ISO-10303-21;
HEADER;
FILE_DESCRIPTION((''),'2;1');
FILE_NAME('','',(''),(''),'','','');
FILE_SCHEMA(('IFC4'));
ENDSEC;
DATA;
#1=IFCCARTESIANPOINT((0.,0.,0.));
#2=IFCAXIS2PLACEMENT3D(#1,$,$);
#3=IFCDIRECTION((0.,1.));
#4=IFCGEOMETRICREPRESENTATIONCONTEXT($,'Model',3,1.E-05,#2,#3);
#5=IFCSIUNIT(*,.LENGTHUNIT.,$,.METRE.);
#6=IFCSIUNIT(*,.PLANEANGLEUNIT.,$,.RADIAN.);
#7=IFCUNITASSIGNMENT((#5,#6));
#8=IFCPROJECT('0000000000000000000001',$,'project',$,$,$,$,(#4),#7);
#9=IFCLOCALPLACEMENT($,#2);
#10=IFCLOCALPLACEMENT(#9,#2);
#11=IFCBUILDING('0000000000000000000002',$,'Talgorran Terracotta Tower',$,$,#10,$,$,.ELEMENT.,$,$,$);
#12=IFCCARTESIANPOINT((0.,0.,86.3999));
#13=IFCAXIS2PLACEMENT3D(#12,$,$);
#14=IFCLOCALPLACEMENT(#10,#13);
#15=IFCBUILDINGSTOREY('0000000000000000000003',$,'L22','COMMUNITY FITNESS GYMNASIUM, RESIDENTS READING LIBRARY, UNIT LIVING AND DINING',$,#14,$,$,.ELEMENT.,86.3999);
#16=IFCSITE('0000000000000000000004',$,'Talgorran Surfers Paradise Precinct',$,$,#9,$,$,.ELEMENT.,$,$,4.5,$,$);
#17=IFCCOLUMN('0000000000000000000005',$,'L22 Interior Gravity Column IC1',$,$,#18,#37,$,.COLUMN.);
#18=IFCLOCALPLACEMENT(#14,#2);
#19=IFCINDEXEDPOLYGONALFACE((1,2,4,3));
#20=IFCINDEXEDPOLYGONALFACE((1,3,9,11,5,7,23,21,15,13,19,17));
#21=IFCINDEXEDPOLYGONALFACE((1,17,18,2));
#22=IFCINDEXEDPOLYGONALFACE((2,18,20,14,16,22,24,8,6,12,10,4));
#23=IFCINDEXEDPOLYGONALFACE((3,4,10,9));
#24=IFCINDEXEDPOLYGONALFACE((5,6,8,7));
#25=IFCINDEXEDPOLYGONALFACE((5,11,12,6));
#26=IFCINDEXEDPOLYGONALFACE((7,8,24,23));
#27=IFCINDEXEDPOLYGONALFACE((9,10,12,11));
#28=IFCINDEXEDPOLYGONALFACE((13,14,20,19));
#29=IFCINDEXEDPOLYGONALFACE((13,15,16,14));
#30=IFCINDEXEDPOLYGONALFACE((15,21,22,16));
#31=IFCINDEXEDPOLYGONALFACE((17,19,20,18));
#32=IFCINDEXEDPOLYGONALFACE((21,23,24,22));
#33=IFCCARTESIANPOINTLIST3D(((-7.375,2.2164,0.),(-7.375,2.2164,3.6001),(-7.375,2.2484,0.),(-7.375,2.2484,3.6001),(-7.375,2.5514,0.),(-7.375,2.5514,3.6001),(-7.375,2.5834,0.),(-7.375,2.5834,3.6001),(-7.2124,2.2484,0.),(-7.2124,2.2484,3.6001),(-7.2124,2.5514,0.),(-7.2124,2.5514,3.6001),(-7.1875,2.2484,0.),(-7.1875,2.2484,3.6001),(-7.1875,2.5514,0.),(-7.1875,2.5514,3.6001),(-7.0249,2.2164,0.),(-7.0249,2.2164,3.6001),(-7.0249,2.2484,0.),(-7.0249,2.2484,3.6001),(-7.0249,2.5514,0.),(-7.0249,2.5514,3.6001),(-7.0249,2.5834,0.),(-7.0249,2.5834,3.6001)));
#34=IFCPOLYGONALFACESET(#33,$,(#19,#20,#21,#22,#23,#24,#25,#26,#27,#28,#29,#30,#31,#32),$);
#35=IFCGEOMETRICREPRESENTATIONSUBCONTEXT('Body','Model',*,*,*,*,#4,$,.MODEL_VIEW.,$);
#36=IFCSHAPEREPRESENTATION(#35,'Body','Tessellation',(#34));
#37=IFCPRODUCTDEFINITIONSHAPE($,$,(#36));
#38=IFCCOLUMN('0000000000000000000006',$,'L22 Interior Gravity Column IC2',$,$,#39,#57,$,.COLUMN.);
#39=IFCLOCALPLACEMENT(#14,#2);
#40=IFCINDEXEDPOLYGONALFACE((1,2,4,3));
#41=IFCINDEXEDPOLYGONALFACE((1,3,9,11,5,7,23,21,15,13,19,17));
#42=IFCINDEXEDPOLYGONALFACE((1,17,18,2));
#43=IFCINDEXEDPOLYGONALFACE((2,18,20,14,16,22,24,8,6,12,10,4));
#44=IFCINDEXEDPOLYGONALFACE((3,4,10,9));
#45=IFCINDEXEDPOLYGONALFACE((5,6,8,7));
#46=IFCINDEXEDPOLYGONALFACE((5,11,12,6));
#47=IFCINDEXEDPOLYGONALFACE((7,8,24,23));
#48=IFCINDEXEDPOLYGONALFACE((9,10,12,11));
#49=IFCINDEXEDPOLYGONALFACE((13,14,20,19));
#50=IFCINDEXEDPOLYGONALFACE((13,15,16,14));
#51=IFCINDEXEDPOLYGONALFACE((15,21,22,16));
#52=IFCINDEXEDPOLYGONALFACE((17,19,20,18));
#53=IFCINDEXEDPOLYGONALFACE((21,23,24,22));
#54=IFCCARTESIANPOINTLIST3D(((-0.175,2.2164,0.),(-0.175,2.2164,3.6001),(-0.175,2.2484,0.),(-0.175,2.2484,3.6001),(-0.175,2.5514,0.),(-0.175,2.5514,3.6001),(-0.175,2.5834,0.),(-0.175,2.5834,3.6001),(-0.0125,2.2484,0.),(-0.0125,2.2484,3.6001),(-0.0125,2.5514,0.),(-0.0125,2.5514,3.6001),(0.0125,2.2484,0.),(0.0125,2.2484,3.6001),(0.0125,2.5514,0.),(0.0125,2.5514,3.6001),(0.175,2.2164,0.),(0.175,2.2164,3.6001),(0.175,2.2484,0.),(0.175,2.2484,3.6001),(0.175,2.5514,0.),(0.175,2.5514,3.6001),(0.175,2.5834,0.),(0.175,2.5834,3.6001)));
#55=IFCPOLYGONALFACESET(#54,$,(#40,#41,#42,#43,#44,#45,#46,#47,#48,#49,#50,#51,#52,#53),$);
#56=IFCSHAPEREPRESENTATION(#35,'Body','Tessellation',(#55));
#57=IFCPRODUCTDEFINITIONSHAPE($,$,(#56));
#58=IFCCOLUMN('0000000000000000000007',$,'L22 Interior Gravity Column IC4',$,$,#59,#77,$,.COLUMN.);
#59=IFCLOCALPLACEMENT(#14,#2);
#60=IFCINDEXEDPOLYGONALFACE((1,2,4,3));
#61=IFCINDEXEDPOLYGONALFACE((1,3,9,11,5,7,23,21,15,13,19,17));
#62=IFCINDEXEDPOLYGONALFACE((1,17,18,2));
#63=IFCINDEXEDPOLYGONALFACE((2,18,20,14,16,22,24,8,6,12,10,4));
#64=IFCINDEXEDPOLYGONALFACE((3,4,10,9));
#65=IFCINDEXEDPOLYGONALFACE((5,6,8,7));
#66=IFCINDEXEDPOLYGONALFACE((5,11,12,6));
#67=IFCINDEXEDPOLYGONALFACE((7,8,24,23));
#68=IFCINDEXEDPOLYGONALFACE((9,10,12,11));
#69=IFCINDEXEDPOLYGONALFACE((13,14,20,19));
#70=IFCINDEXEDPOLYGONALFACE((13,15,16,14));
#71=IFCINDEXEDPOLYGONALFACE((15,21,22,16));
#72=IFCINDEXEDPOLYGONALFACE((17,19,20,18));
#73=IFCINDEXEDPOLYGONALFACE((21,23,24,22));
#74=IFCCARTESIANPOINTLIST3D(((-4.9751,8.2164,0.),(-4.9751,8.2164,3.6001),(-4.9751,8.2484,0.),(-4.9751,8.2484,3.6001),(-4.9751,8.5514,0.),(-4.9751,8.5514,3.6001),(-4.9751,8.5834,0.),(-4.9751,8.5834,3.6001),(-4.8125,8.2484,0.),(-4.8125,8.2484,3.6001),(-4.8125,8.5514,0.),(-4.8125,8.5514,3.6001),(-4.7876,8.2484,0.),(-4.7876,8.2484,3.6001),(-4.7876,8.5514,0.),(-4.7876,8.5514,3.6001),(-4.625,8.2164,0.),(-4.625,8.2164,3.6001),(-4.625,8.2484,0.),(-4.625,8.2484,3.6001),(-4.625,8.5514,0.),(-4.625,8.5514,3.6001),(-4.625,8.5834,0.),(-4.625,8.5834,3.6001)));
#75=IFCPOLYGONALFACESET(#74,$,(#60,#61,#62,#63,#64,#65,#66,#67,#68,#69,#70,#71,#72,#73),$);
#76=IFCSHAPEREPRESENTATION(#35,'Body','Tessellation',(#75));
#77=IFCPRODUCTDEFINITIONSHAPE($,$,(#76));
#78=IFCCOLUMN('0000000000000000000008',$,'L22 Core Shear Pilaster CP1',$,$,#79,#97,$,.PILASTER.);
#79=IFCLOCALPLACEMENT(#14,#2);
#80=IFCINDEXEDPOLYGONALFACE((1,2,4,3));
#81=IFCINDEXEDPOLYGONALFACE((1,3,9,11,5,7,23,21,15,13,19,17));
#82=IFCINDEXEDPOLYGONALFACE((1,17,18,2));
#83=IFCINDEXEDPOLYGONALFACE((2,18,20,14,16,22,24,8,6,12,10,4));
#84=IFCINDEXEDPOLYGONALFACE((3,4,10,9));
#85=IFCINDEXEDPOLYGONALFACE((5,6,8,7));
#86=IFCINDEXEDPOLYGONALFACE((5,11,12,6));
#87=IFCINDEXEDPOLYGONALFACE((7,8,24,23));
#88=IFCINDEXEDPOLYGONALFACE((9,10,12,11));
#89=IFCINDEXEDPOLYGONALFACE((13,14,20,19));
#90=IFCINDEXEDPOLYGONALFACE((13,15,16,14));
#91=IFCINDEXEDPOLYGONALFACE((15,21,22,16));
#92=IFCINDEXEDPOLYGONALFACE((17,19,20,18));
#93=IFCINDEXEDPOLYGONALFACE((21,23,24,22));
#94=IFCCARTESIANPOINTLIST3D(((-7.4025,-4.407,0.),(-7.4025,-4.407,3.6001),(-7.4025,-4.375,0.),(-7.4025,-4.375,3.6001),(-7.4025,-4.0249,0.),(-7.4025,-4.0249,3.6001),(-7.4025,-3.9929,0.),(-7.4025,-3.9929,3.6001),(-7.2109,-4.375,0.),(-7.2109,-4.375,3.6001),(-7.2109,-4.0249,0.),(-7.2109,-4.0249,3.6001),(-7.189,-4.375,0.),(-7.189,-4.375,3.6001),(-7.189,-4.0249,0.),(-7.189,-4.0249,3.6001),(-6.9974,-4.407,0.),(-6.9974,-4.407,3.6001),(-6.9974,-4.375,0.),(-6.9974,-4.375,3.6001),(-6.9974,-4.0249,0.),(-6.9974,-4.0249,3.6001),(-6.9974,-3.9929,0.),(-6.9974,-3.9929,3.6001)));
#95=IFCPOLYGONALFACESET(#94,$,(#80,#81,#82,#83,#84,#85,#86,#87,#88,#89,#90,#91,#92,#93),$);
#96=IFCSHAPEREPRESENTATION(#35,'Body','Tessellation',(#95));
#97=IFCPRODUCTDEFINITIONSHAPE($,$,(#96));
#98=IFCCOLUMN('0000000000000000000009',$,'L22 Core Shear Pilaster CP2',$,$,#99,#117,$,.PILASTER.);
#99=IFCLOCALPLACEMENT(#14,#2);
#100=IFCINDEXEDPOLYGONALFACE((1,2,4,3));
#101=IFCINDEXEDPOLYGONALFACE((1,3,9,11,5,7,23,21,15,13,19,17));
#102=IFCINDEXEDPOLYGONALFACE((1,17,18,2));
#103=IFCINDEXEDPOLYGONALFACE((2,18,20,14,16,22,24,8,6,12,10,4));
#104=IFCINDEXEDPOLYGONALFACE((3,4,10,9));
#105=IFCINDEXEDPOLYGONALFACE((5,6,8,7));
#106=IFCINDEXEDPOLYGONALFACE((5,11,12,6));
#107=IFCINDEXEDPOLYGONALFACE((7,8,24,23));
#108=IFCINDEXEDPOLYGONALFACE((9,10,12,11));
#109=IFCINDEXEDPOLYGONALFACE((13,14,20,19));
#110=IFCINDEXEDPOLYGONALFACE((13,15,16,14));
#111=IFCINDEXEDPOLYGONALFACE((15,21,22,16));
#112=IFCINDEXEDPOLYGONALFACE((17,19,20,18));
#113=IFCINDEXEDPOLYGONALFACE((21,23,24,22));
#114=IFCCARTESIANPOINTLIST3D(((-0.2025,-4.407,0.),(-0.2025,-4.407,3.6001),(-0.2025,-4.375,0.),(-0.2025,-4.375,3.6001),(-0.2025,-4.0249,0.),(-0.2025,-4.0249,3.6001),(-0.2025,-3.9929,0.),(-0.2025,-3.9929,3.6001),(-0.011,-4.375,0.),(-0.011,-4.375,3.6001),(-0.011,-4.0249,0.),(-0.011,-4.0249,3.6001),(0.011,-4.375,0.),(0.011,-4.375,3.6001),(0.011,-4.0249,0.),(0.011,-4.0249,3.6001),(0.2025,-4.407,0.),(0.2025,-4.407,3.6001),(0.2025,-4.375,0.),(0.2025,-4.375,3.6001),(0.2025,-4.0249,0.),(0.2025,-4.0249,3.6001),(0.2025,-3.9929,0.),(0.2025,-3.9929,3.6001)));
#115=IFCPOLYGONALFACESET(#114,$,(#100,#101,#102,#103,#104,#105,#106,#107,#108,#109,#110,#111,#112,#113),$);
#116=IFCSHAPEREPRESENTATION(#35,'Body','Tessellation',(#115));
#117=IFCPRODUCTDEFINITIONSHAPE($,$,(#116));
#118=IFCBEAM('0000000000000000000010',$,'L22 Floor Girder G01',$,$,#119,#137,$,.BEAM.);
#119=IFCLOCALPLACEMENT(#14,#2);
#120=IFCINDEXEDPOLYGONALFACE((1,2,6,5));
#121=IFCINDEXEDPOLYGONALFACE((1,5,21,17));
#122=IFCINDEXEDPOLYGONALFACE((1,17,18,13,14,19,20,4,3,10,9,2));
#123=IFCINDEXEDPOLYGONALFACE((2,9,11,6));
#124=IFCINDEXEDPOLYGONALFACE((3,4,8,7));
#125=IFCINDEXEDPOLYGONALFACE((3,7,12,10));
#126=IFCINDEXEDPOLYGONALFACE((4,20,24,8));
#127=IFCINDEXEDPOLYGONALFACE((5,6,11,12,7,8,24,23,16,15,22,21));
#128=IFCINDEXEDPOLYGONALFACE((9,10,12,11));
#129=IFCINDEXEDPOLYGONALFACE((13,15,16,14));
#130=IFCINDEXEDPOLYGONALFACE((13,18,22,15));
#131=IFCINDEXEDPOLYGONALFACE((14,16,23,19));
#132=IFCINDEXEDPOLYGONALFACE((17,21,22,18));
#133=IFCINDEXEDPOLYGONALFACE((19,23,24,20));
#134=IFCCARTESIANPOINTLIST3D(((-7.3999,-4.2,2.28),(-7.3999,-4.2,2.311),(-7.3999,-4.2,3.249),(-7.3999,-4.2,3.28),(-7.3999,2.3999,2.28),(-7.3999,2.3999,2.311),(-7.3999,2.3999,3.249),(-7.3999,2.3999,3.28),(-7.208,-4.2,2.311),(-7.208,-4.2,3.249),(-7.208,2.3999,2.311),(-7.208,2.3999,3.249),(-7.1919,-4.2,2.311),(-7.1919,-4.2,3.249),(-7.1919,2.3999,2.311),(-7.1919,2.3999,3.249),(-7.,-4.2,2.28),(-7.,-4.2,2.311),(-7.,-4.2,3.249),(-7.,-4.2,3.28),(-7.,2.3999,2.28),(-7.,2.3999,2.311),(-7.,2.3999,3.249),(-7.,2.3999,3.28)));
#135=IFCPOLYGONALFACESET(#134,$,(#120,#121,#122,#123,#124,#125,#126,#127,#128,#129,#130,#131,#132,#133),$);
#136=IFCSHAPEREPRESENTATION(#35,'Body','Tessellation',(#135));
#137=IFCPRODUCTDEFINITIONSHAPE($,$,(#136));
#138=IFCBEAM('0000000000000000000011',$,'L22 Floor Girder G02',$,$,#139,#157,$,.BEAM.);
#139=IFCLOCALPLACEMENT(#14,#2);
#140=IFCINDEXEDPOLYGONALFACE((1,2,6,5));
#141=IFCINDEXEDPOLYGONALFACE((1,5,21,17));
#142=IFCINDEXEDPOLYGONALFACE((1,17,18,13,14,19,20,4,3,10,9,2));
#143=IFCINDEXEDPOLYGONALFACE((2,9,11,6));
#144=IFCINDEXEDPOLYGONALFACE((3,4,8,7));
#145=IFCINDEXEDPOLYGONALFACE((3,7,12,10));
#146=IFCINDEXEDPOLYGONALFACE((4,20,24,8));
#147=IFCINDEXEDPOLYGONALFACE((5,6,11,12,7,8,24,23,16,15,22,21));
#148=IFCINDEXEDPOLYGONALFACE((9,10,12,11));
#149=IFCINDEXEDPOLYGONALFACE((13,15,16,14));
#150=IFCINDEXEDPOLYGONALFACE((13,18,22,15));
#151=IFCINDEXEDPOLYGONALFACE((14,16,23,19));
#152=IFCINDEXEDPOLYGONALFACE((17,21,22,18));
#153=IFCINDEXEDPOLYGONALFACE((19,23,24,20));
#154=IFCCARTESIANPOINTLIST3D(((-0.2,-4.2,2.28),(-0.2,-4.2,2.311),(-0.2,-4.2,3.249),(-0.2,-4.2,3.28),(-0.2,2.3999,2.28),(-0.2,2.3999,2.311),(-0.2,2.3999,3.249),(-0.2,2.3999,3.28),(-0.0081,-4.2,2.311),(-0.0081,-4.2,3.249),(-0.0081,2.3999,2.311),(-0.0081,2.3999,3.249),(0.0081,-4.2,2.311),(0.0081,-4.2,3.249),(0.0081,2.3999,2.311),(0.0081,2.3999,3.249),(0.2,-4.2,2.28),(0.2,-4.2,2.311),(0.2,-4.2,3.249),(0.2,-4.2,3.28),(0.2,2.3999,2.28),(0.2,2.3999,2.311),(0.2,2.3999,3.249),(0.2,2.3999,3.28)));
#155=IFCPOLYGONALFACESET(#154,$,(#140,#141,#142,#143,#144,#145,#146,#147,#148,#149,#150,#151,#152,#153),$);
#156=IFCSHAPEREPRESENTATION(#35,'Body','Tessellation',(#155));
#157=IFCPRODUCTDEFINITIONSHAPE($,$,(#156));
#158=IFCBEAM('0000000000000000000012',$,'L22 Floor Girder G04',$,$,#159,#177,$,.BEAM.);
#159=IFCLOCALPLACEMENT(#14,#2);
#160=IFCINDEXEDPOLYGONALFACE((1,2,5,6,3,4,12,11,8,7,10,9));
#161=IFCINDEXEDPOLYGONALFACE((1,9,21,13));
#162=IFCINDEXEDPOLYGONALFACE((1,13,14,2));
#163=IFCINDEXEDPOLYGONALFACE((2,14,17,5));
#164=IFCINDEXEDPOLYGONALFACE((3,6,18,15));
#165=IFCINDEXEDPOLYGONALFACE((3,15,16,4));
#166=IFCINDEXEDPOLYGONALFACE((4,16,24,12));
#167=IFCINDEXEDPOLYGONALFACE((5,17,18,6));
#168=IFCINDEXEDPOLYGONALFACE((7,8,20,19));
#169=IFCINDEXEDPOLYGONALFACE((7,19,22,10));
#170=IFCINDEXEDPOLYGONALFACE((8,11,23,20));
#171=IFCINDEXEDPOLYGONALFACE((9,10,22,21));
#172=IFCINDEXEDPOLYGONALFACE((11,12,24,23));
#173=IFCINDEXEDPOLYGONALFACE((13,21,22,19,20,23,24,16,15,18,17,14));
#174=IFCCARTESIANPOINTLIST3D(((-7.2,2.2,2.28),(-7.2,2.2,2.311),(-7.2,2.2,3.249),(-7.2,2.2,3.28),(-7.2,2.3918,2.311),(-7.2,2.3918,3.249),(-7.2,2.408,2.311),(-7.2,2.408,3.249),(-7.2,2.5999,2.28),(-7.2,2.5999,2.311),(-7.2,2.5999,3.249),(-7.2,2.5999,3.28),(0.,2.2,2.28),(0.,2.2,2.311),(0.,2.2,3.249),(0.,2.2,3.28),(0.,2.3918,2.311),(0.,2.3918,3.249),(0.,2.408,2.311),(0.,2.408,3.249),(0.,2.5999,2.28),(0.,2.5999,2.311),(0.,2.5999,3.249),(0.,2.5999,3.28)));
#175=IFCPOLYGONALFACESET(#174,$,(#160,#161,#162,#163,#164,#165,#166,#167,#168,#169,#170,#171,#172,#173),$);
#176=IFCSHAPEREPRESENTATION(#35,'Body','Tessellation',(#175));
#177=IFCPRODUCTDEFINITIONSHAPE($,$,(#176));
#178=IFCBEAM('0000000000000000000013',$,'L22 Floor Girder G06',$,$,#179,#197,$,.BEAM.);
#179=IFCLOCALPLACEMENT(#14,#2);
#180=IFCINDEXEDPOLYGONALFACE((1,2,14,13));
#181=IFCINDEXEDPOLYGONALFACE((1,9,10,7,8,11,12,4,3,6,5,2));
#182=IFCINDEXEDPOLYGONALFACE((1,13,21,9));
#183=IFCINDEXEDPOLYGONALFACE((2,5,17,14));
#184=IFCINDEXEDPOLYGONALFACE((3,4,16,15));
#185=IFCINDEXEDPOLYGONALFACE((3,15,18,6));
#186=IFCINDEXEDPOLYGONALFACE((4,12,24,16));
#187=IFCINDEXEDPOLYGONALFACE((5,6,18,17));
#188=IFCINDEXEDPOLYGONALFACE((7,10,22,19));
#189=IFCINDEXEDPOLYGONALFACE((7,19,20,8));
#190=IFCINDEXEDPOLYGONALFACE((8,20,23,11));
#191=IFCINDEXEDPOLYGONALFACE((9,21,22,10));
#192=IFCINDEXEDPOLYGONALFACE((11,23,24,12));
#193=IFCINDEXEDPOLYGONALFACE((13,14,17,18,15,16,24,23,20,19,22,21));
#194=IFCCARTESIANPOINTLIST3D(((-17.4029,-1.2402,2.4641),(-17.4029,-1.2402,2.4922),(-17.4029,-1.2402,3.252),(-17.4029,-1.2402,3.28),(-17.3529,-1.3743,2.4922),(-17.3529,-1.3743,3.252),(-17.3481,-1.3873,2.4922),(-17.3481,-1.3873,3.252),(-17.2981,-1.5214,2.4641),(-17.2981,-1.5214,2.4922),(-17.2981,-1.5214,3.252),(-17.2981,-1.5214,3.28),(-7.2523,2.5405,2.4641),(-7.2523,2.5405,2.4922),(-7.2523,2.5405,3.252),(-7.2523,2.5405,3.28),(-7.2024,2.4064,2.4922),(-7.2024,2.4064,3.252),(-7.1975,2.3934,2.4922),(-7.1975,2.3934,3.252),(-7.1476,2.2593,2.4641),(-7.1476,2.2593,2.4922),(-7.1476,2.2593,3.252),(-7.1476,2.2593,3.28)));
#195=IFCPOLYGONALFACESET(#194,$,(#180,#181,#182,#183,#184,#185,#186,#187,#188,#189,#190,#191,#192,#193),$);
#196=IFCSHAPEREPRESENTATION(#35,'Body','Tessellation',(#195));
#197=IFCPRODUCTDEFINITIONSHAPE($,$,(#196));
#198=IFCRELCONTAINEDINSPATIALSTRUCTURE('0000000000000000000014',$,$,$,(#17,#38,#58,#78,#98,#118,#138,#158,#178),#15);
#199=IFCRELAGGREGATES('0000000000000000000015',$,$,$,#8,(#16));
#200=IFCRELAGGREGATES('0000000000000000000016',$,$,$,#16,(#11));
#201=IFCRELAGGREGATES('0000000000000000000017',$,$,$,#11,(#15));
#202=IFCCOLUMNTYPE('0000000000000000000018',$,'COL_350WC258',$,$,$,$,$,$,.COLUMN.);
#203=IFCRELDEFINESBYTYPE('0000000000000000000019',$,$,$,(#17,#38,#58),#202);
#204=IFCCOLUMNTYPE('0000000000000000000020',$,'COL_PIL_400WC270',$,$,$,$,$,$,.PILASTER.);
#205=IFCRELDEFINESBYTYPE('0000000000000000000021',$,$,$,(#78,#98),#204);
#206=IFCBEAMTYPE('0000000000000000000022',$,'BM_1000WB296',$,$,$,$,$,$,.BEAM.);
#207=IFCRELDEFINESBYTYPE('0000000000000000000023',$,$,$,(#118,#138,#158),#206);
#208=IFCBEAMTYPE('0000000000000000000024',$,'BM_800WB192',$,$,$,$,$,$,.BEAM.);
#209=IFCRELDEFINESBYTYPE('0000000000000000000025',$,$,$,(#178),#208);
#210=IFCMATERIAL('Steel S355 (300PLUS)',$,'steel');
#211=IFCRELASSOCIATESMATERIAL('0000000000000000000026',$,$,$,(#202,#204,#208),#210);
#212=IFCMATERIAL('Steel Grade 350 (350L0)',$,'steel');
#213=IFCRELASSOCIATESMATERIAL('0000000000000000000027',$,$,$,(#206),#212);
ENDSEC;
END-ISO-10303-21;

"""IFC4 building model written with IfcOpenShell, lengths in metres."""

from ifc_helpers import new_model, si_unit, direction, frame, origin, origin_2d, place, context, subcontext, project, spatial, i_section, extrude, material, material_profile, profile_set, type_object, element, save


model = new_model("IFC4")

# Units and contexts
model_context = context("Model", 3, precision=1e-05, world=origin(), true_north=direction((0.0, 1.0)))
body_context = subcontext(model_context, "Body", "Model", "MODEL_VIEW")
ifc_project = project(units=[si_unit("LENGTHUNIT", "METRE"), si_unit("PLANEANGLEUNIT", "RADIAN")], contexts=[model_context])

# Site, building, storey
site_placement = place(None, origin())
site = spatial("IfcSite", under=ifc_project, at=site_placement, Name="Talgorran Surfers Paradise Precinct", CompositionType="ELEMENT", RefElevation=4.5)
building_placement = place(site_placement, origin())
building = spatial("IfcBuilding", under=site, at=building_placement, Name="Talgorran Terracotta Tower", CompositionType="ELEMENT")
storey_placement = place(building_placement, frame((0.0, 0.0, 86.3999)))
storey = spatial("IfcBuildingStorey", under=building, at=storey_placement, Name="L22", Description="COMMUNITY FITNESS GYMNASIUM, RESIDENTS READING LIBRARY, UNIT LIVING AND DINING", CompositionType="ELEMENT", Elevation=86.3999)

# Columns
ifc_material_1 = material(Name="Steel S355 (300PLUS)", Category="steel")
ifc_material_profile_1 = material_profile(ifc_material_1, i_section(OverallWidth=0.3501, OverallDepth=0.3669, WebThickness=0.0249, FlangeThickness=0.032, at=origin_2d()), Name="350WC258")
ifc_profile_set_1 = profile_set([ifc_material_profile_1], Name="Steel S355 (300PLUS)")
column_type_1 = type_object("IfcColumnType", Name="COL_350WC258", PredefinedType="COLUMN", material=ifc_profile_set_1)
for number, where, z_axis, x_axis, name in (
    (1, (-7.2, 2.3999, 0.0), (0.0, 0.0, 1.0), (1.0, 0.0, 0.0), "L22 Interior Gravity Column IC1"),
    (2, (0.0, 2.3999, 0.0), (0.0, 0.0, 1.0), (1.0, 0.0, 0.0), "L22 Interior Gravity Column IC2"),
    (3, (-4.8, 8.3999, 0.0), (0.0, 0.0, 1.0), (1.0, 0.0, 0.0), "L22 Interior Gravity Column IC4"),
):
    element("IfcColumn", number, at=place(storey_placement, frame(where, z_axis=z_axis, x_axis=x_axis)), inside=storey, type_object=column_type_1, Name=name, PredefinedType="COLUMN", context=body_context, shape_type="SweptSolid", body=[
        extrude(i_section(OverallWidth=0.3501, OverallDepth=0.3669, WebThickness=0.0249, FlangeThickness=0.032, at=origin_2d()), origin(), (0.0, 0.0, 1.0), 3.6001),
    ])
ifc_material_profile_2 = material_profile(ifc_material_1, i_section(OverallWidth=0.405, OverallDepth=0.4141, WebThickness=0.022, FlangeThickness=0.032, at=origin_2d()), Name="400WC270")
ifc_profile_set_2 = profile_set([ifc_material_profile_2], Name="Steel S355 (300PLUS)")
column_type_2 = type_object("IfcColumnType", Name="COL_PIL_400WC270", PredefinedType="PILASTER", material=ifc_profile_set_2)
for number, where, z_axis, x_axis, name in (
    (4, (-7.2, -4.2, 0.0), (0.0, 0.0, 1.0), (1.0, 0.0, 0.0), "L22 Core Shear Pilaster CP1"),
    (5, (0.0, -4.2, 0.0), (0.0, 0.0, 1.0), (1.0, 0.0, 0.0), "L22 Core Shear Pilaster CP2"),
):
    element("IfcColumn", number, at=place(storey_placement, frame(where, z_axis=z_axis, x_axis=x_axis)), inside=storey, type_object=column_type_2, Name=name, PredefinedType="PILASTER", context=body_context, shape_type="SweptSolid", body=[
        extrude(i_section(OverallWidth=0.405, OverallDepth=0.4141, WebThickness=0.022, FlangeThickness=0.032, at=origin_2d()), origin(), (0.0, 0.0, 1.0), 3.6001),
    ])

# Beams
ifc_material_2 = material(Name="Steel Grade 350 (350L0)", Category="steel")
ifc_material_profile_3 = material_profile(ifc_material_2, i_section(OverallWidth=0.3999, OverallDepth=1.0, WebThickness=0.0161, FlangeThickness=0.031, at=origin_2d()), Name="1000WB296")
ifc_profile_set_3 = profile_set([ifc_material_profile_3], Name="Steel Grade 350 (350L0)")
beam_type_1 = type_object("IfcBeamType", Name="BM_1000WB296", PredefinedType="BEAM", material=ifc_profile_set_3)
for number, where, z_axis, x_axis, name in (
    (6, (-7.2, -4.2, 2.78), (0.0, 1.0, 0.0), (-1.0, 0.0, 0.0), "L22 Floor Girder G01"),
    (7, (0.0, -4.2, 2.78), (0.0, 1.0, 0.0), (-1.0, 0.0, 0.0), "L22 Floor Girder G02"),
):
    element("IfcBeam", number, at=place(storey_placement, frame(where, z_axis=z_axis, x_axis=x_axis)), inside=storey, type_object=beam_type_1, Name=name, PredefinedType="BEAM", context=body_context, shape_type="SweptSolid", body=[
        extrude(i_section(OverallWidth=0.3999, OverallDepth=1.0, WebThickness=0.0161, FlangeThickness=0.031, at=origin_2d()), origin(), (0.0, 0.0, 1.0), 6.5999),
    ])
beam_1_placement = place(storey_placement, frame((-7.2, 2.3999, 2.78), z_axis=(1.0, 0.0, 0.0), x_axis=(0.0, 1.0, 0.0)))
element("IfcBeam", 8, at=beam_1_placement, inside=storey, type_object=beam_type_1, Name="L22 Floor Girder G04", PredefinedType="BEAM", context=body_context, shape_type="SweptSolid", body=[
    extrude(i_section(OverallWidth=0.3999, OverallDepth=1.0, WebThickness=0.0161, FlangeThickness=0.031, at=origin_2d()), origin(), (0.0, 0.0, 1.0), 7.2),
])
ifc_material_profile_4 = material_profile(ifc_material_1, i_section(OverallWidth=0.3, OverallDepth=0.8159, WebThickness=0.0139, FlangeThickness=0.0281, at=origin_2d()), Name="800WB192")
ifc_profile_set_4 = profile_set([ifc_material_profile_4], Name="Steel S355 (300PLUS)")
beam_type_2 = type_object("IfcBeamType", Name="BM_800WB192", PredefinedType="BEAM", material=ifc_profile_set_4)
beam_2_placement = place(storey_placement, frame((-7.2, 2.3999, 2.8721), z_axis=(-0.937108, -0.34904, 0.0), x_axis=(0.34904, -0.937108, 0.0)))
element("IfcBeam", 9, at=beam_2_placement, inside=storey, type_object=beam_type_2, Name="L22 Floor Girder G06", PredefinedType="BEAM", context=body_context, shape_type="SweptSolid", body=[
    extrude(i_section(OverallWidth=0.3, OverallDepth=0.8159, WebThickness=0.0139, FlangeThickness=0.0281, at=origin_2d()), origin(), (0.0, 0.0, 1.0), 10.8318),
])

save(model, "model.ifc")
